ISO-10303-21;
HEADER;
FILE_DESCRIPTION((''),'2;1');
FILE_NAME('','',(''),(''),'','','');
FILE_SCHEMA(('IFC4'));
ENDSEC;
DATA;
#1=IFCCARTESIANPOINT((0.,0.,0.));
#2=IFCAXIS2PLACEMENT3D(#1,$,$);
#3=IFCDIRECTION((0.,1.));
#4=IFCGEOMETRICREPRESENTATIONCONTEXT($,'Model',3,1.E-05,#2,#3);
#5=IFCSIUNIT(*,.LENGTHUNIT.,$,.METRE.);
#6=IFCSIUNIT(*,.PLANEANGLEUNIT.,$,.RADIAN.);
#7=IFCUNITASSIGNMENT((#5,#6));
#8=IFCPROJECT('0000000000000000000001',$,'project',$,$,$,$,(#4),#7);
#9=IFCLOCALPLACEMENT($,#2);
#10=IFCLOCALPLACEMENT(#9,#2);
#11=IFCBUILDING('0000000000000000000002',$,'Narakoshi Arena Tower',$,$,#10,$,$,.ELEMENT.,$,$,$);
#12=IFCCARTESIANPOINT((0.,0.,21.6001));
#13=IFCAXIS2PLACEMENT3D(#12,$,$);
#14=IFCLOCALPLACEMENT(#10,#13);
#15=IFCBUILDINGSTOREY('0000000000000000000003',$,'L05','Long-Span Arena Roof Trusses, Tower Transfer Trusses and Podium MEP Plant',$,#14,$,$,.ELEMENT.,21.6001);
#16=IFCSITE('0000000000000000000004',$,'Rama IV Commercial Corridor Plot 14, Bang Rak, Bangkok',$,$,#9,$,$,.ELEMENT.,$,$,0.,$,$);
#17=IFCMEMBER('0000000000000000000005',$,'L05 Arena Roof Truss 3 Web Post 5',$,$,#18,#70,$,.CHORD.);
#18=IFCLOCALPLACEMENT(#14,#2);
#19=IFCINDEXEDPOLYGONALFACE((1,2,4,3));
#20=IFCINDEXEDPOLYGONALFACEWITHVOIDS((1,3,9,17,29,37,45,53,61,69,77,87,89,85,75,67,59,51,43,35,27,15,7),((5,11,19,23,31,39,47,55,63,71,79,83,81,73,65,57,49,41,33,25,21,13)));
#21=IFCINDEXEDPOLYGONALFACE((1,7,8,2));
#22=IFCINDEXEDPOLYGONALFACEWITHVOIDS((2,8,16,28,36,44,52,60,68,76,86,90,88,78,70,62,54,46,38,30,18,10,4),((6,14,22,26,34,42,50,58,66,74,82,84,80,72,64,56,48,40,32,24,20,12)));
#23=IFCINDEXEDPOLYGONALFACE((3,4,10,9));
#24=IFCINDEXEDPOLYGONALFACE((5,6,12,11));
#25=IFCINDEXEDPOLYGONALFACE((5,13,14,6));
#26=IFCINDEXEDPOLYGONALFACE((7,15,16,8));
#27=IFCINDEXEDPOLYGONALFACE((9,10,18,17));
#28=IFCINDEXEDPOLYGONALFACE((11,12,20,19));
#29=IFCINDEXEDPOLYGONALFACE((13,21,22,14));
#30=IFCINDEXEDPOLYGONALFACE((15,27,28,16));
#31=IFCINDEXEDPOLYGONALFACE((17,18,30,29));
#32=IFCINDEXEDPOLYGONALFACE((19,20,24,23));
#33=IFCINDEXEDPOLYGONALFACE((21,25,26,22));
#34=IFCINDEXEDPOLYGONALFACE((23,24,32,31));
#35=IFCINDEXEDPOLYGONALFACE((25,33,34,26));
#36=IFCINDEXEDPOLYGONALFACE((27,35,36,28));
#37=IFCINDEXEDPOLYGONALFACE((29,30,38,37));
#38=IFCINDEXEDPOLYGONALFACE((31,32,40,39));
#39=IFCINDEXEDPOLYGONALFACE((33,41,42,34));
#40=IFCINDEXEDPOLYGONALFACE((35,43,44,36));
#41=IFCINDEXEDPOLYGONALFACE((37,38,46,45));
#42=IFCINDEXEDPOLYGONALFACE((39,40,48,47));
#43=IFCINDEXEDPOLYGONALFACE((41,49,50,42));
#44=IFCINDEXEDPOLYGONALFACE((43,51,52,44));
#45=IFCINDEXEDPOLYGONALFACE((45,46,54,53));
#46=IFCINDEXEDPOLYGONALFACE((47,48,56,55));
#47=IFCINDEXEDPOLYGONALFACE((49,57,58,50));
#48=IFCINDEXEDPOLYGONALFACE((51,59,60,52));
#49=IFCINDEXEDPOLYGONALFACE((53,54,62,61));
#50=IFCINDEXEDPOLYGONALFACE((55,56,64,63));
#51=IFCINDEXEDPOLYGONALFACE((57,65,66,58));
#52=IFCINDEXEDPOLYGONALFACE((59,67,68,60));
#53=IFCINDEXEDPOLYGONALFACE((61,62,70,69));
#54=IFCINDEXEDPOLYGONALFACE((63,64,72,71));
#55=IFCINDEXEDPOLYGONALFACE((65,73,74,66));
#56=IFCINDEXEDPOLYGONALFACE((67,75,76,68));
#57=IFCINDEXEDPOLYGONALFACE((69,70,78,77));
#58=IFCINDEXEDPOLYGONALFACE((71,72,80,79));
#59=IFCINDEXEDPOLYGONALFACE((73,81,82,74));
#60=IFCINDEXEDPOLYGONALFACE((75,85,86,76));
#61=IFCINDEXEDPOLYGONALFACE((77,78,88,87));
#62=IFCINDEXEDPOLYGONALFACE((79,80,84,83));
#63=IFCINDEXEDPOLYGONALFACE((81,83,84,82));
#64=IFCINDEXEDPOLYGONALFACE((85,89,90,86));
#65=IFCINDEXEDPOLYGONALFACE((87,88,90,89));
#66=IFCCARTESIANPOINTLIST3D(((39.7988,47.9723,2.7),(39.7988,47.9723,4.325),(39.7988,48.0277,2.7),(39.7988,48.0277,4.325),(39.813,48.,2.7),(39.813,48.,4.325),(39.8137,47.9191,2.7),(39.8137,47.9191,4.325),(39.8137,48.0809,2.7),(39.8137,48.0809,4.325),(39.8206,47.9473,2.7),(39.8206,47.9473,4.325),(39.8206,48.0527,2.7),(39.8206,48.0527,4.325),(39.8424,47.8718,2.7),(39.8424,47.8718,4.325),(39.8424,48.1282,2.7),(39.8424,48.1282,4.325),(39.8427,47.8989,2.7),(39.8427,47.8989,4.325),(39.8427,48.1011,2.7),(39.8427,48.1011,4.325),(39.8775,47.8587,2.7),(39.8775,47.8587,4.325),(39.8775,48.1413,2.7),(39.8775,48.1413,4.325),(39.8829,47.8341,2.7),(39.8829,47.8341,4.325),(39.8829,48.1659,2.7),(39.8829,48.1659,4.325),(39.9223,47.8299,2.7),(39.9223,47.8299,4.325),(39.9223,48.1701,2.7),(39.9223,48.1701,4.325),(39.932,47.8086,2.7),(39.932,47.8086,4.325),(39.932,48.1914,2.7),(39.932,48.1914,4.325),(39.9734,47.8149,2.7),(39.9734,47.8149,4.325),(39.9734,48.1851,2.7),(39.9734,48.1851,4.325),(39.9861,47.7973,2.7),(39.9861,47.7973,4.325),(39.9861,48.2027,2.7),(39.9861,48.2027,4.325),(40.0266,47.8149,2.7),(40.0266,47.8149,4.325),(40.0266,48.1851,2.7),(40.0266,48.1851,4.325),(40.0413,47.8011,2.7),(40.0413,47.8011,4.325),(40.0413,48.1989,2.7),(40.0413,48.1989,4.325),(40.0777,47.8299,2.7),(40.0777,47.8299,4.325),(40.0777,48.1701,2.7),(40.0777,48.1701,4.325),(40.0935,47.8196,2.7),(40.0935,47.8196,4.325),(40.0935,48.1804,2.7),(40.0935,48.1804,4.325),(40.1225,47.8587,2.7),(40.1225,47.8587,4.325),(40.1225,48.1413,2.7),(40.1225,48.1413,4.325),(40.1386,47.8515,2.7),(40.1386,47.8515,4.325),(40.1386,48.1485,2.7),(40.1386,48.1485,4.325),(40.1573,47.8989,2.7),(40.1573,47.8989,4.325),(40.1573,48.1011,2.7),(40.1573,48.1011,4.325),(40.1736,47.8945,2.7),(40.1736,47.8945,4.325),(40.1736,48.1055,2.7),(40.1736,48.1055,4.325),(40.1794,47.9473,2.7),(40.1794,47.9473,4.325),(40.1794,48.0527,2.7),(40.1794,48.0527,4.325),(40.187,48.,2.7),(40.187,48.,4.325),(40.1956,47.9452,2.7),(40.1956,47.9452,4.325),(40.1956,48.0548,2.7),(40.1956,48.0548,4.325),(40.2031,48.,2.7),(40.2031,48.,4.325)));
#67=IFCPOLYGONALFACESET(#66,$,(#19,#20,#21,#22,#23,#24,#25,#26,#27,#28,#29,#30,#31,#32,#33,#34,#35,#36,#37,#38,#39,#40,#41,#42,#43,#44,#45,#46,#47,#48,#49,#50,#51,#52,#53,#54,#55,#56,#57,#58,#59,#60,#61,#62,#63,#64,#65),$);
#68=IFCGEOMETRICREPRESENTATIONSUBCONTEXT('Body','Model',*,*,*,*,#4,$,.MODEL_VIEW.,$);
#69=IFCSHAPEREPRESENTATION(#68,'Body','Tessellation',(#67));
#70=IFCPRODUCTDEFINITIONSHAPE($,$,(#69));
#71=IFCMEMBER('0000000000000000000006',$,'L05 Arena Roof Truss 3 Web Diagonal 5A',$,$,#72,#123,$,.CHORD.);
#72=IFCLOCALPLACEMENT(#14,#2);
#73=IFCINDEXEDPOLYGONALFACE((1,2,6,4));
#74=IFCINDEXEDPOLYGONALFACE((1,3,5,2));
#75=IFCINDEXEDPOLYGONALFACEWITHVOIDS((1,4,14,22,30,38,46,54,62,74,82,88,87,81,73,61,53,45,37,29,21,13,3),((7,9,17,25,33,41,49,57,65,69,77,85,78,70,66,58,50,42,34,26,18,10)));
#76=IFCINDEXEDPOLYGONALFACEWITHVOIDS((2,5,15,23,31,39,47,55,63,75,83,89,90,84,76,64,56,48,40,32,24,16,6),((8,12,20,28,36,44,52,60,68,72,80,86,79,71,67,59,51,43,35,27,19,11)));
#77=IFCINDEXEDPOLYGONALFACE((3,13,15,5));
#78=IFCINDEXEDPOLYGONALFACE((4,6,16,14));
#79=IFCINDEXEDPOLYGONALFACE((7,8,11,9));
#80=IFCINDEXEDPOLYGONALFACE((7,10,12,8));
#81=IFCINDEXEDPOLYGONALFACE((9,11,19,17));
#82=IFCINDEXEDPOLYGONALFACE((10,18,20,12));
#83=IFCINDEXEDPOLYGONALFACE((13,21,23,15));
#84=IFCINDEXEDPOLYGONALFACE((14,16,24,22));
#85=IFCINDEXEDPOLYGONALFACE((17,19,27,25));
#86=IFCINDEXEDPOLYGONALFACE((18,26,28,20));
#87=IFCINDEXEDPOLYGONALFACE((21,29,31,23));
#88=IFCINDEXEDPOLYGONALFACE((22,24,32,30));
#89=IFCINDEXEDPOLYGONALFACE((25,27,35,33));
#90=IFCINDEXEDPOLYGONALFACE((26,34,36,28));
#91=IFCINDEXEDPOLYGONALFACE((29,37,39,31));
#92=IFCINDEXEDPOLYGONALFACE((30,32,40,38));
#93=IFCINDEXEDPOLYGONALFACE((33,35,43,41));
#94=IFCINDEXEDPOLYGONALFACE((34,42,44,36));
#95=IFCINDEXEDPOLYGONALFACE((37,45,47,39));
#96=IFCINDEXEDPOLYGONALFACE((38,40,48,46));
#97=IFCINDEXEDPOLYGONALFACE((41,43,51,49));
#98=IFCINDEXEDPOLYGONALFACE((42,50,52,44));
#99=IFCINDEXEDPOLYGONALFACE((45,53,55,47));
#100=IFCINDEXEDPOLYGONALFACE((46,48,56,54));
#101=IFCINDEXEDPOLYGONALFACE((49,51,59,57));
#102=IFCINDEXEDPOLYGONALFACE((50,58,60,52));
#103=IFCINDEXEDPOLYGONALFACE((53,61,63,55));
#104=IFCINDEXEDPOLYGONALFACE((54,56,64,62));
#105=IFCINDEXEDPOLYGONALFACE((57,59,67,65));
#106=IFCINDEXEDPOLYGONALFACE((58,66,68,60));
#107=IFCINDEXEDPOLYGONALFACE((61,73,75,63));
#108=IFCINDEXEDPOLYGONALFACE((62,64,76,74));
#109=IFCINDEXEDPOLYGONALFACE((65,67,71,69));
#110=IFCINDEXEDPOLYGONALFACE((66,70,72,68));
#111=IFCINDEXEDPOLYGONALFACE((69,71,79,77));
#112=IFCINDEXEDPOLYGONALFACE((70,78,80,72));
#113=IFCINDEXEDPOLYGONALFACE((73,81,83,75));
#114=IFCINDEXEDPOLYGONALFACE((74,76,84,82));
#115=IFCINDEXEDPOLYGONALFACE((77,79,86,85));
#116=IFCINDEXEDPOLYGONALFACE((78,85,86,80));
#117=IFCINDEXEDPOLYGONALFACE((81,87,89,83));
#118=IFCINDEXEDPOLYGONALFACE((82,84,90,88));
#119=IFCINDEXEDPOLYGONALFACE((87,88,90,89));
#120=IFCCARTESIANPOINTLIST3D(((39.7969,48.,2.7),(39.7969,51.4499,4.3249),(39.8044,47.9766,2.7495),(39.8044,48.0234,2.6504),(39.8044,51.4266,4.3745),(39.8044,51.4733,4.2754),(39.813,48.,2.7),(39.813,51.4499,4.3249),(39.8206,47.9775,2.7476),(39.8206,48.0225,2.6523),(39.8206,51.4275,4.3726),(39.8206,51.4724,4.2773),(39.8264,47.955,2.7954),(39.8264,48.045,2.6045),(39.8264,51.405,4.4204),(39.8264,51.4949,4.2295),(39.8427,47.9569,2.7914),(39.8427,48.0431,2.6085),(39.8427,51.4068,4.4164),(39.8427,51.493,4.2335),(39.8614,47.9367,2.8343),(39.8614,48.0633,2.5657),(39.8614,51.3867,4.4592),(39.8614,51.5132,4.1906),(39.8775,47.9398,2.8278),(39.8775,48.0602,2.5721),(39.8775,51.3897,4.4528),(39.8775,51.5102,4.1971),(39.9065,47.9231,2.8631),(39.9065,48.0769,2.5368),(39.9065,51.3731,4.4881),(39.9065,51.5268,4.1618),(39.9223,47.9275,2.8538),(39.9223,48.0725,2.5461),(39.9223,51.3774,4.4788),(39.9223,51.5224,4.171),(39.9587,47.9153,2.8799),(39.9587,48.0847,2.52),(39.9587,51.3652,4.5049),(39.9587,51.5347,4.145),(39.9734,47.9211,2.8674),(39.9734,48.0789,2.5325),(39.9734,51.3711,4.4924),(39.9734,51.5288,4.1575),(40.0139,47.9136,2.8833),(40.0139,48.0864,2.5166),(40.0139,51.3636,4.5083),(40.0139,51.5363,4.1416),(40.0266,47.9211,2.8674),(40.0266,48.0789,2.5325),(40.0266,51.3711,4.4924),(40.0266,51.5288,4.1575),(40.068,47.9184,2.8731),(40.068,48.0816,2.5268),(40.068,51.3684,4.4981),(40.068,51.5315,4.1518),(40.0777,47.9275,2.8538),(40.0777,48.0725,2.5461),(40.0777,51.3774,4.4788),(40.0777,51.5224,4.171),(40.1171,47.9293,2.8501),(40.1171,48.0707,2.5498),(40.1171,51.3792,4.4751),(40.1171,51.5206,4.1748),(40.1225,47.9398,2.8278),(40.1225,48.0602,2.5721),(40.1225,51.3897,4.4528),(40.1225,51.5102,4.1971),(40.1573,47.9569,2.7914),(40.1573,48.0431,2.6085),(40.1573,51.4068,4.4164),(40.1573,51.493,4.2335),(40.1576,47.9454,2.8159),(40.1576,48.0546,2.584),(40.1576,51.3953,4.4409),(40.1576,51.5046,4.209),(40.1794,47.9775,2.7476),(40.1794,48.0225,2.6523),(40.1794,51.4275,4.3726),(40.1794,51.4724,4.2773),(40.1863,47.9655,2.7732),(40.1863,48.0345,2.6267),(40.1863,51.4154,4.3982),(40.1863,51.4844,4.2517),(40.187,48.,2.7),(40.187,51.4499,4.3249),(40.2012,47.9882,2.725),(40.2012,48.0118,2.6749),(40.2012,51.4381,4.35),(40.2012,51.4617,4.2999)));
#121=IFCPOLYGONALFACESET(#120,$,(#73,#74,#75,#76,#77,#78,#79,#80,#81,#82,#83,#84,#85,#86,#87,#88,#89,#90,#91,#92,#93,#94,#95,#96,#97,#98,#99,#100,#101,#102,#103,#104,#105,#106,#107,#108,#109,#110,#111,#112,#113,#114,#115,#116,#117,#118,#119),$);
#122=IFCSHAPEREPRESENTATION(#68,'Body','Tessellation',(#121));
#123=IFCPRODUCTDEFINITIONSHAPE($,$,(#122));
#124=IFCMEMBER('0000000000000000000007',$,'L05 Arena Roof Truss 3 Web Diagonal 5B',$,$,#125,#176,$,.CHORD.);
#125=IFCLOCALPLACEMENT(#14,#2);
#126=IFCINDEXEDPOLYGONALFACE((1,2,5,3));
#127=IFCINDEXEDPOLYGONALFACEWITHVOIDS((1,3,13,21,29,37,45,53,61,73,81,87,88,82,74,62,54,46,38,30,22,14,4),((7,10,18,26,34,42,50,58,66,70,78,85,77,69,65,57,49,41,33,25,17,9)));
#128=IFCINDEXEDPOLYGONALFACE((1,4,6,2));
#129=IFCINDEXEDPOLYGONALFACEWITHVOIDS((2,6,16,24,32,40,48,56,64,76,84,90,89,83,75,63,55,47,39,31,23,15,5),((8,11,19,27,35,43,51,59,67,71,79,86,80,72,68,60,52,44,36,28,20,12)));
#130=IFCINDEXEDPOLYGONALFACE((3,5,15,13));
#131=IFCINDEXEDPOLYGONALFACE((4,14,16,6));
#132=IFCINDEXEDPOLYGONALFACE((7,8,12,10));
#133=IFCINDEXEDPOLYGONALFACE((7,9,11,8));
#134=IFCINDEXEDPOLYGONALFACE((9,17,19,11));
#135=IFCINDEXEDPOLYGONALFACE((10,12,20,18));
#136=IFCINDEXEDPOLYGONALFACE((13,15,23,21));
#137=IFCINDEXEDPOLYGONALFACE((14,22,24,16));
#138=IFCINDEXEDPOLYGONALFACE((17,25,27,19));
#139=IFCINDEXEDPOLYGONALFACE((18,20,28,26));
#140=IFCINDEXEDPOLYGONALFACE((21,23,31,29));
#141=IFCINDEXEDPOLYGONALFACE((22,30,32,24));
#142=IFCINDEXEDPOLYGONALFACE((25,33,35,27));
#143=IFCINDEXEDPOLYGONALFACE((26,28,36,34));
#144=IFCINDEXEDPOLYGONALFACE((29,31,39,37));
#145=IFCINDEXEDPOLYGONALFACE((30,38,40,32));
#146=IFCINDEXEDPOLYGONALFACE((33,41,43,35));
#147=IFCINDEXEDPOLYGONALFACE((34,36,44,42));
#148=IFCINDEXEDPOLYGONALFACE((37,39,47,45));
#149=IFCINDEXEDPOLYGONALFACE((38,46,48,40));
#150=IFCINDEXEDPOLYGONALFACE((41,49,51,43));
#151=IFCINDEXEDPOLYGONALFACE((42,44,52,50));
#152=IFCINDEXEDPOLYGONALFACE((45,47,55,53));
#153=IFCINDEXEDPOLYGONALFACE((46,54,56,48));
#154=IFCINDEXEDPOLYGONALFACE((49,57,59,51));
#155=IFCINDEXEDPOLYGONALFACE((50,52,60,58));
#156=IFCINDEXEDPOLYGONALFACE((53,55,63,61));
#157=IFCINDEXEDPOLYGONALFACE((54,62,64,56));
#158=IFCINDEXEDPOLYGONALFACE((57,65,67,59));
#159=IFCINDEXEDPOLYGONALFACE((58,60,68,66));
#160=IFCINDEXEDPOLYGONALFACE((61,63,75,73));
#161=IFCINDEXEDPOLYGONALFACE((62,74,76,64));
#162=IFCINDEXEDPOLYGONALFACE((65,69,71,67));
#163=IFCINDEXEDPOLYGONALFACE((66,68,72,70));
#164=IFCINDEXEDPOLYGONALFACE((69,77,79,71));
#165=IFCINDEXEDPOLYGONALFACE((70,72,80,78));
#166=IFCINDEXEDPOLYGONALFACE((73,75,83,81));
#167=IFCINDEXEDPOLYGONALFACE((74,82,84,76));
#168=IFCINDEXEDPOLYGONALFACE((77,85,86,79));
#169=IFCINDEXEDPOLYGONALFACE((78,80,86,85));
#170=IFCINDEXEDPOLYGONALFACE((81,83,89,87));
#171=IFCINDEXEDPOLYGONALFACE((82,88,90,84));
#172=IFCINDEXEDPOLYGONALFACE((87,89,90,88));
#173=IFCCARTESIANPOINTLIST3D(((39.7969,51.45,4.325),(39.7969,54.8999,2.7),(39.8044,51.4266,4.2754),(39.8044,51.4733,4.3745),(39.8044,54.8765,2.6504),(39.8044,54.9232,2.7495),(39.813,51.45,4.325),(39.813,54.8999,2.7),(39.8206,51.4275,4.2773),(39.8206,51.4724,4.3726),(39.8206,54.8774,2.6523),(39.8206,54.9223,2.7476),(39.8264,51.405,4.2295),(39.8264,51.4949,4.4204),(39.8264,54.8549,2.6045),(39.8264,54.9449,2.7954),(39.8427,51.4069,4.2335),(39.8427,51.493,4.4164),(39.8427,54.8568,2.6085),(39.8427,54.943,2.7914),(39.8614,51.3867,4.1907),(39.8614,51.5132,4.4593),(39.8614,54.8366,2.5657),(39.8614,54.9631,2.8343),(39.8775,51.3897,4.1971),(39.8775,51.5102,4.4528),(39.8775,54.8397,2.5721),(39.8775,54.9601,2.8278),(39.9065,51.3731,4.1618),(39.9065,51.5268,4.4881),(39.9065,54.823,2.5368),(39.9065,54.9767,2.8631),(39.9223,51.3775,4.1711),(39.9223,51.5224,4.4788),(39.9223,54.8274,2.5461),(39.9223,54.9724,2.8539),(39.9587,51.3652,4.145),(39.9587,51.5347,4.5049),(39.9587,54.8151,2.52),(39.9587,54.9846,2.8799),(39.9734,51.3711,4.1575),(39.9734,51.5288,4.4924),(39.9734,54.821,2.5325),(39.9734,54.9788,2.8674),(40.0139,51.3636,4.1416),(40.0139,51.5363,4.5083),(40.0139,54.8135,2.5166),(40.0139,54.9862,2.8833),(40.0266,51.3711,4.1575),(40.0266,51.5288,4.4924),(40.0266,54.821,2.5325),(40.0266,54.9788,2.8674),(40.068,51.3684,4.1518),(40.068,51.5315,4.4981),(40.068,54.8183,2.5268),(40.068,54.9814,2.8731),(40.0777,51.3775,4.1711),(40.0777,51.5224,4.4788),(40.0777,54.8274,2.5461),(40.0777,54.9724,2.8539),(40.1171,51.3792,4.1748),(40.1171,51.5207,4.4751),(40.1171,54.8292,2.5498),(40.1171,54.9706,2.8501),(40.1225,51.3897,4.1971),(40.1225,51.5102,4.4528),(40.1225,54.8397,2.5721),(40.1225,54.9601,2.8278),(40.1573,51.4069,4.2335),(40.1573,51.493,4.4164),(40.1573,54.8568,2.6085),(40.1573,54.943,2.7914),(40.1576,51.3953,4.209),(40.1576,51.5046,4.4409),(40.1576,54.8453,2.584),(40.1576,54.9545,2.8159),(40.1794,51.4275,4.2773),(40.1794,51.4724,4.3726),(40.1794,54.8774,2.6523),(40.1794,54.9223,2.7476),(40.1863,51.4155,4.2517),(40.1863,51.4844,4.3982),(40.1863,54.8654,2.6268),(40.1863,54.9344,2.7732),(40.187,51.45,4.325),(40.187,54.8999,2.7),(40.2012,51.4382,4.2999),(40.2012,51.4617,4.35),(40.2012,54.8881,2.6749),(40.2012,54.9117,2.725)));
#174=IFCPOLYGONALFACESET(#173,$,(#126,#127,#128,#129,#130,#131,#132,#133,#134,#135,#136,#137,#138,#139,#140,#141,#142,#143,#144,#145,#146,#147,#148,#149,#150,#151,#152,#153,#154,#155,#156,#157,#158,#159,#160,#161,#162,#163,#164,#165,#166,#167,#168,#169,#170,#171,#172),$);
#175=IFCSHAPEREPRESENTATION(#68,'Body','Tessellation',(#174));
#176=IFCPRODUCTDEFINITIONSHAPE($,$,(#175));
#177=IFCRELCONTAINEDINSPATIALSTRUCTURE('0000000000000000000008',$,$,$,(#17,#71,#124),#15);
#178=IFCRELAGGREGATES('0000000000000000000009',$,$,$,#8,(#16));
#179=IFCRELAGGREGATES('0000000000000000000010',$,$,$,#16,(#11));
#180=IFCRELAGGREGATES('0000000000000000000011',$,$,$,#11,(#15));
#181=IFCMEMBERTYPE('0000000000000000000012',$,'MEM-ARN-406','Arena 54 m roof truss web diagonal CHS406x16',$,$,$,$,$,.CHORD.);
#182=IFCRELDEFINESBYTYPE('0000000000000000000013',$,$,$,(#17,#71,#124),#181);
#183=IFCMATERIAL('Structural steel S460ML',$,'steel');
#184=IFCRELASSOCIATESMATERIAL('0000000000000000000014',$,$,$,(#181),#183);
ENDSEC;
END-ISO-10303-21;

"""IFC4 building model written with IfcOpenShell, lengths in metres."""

from ifc_helpers import new_model, si_unit, direction, frame, origin, origin_2d, place, context, subcontext, project, spatial, hollow_circle, extrude, material, material_profile, profile_set, type_object, element, save


model = new_model("IFC4")

# Units and contexts
model_context = context("Model", 3, precision=1e-05, world=origin(), true_north=direction((0.0, 1.0)))
body_context = subcontext(model_context, "Body", "Model", "MODEL_VIEW")
ifc_project = project(units=[si_unit("LENGTHUNIT", "METRE"), si_unit("PLANEANGLEUNIT", "RADIAN")], contexts=[model_context])

# Site, building, storey
site_placement = place(None, origin())
site = spatial("IfcSite", under=ifc_project, at=site_placement, Name="Rama IV Commercial Corridor Plot 14, Bang Rak, Bangkok", CompositionType="ELEMENT", RefElevation=0.0)
building_placement = place(site_placement, origin())
building = spatial("IfcBuilding", under=site, at=building_placement, Name="Narakoshi Arena Tower", CompositionType="ELEMENT")
storey_placement = place(building_placement, frame((0.0, 0.0, 21.6001)))
storey = spatial("IfcBuildingStorey", under=building, at=storey_placement, Name="L05", Description="Long-Span Arena Roof Trusses, Tower Transfer Trusses and Podium MEP Plant", CompositionType="ELEMENT", Elevation=21.6001)

# Shared definitions
ifc_material_1 = material(Name="Structural steel S460ML", Category="steel")

# Members
ifc_material_profile_1 = material_profile(ifc_material_1, hollow_circle(Radius=0.2031, WallThickness=0.0161, at=origin_2d()), Name="CHS406x16")
ifc_profile_set_1 = profile_set([ifc_material_profile_1], Name="Structural steel S460ML")
member_type = type_object("IfcMemberType", Name="MEM-ARN-406", Description="Arena 54 m roof truss web diagonal CHS406x16", PredefinedType="CHORD", material=ifc_profile_set_1)
member_1_placement = place(storey_placement, frame((40.0, 48.0, 2.7), z_axis=(0.0, 0.0, 1.0), x_axis=(1.0, 0.0, 0.0)))
element("IfcMember", 1, at=member_1_placement, inside=storey, type_object=member_type, Name="L05 Arena Roof Truss 3 Web Post 5", PredefinedType="CHORD", context=body_context, shape_type="SweptSolid", body=[
    extrude(hollow_circle(Radius=0.2031, WallThickness=0.0161, at=origin_2d()), origin(), (0.0, 0.0, 1.0), 1.625),
])
for number, where, z_axis, x_axis, name in (
    (2, (40.0, 48.0, 2.7), (0.0, 0.904668, 0.426118), (-1.0, 0.0, 0.0), "L05 Arena Roof Truss 3 Web Diagonal 5A"),
    (3, (40.0, 51.45, 4.325), (0.0, 0.904668, -0.426118), (-1.0, 0.0, 0.0), "L05 Arena Roof Truss 3 Web Diagonal 5B"),
):
    element("IfcMember", number, at=place(storey_placement, frame(where, z_axis=z_axis, x_axis=x_axis)), inside=storey, type_object=member_type, Name=name, PredefinedType="CHORD", context=body_context, shape_type="SweptSolid", body=[
        extrude(hollow_circle(Radius=0.2031, WallThickness=0.0161, at=origin_2d()), origin(), (0.0, 0.0, 1.0), 3.8135),
    ])

save(model, "model.ifc")
